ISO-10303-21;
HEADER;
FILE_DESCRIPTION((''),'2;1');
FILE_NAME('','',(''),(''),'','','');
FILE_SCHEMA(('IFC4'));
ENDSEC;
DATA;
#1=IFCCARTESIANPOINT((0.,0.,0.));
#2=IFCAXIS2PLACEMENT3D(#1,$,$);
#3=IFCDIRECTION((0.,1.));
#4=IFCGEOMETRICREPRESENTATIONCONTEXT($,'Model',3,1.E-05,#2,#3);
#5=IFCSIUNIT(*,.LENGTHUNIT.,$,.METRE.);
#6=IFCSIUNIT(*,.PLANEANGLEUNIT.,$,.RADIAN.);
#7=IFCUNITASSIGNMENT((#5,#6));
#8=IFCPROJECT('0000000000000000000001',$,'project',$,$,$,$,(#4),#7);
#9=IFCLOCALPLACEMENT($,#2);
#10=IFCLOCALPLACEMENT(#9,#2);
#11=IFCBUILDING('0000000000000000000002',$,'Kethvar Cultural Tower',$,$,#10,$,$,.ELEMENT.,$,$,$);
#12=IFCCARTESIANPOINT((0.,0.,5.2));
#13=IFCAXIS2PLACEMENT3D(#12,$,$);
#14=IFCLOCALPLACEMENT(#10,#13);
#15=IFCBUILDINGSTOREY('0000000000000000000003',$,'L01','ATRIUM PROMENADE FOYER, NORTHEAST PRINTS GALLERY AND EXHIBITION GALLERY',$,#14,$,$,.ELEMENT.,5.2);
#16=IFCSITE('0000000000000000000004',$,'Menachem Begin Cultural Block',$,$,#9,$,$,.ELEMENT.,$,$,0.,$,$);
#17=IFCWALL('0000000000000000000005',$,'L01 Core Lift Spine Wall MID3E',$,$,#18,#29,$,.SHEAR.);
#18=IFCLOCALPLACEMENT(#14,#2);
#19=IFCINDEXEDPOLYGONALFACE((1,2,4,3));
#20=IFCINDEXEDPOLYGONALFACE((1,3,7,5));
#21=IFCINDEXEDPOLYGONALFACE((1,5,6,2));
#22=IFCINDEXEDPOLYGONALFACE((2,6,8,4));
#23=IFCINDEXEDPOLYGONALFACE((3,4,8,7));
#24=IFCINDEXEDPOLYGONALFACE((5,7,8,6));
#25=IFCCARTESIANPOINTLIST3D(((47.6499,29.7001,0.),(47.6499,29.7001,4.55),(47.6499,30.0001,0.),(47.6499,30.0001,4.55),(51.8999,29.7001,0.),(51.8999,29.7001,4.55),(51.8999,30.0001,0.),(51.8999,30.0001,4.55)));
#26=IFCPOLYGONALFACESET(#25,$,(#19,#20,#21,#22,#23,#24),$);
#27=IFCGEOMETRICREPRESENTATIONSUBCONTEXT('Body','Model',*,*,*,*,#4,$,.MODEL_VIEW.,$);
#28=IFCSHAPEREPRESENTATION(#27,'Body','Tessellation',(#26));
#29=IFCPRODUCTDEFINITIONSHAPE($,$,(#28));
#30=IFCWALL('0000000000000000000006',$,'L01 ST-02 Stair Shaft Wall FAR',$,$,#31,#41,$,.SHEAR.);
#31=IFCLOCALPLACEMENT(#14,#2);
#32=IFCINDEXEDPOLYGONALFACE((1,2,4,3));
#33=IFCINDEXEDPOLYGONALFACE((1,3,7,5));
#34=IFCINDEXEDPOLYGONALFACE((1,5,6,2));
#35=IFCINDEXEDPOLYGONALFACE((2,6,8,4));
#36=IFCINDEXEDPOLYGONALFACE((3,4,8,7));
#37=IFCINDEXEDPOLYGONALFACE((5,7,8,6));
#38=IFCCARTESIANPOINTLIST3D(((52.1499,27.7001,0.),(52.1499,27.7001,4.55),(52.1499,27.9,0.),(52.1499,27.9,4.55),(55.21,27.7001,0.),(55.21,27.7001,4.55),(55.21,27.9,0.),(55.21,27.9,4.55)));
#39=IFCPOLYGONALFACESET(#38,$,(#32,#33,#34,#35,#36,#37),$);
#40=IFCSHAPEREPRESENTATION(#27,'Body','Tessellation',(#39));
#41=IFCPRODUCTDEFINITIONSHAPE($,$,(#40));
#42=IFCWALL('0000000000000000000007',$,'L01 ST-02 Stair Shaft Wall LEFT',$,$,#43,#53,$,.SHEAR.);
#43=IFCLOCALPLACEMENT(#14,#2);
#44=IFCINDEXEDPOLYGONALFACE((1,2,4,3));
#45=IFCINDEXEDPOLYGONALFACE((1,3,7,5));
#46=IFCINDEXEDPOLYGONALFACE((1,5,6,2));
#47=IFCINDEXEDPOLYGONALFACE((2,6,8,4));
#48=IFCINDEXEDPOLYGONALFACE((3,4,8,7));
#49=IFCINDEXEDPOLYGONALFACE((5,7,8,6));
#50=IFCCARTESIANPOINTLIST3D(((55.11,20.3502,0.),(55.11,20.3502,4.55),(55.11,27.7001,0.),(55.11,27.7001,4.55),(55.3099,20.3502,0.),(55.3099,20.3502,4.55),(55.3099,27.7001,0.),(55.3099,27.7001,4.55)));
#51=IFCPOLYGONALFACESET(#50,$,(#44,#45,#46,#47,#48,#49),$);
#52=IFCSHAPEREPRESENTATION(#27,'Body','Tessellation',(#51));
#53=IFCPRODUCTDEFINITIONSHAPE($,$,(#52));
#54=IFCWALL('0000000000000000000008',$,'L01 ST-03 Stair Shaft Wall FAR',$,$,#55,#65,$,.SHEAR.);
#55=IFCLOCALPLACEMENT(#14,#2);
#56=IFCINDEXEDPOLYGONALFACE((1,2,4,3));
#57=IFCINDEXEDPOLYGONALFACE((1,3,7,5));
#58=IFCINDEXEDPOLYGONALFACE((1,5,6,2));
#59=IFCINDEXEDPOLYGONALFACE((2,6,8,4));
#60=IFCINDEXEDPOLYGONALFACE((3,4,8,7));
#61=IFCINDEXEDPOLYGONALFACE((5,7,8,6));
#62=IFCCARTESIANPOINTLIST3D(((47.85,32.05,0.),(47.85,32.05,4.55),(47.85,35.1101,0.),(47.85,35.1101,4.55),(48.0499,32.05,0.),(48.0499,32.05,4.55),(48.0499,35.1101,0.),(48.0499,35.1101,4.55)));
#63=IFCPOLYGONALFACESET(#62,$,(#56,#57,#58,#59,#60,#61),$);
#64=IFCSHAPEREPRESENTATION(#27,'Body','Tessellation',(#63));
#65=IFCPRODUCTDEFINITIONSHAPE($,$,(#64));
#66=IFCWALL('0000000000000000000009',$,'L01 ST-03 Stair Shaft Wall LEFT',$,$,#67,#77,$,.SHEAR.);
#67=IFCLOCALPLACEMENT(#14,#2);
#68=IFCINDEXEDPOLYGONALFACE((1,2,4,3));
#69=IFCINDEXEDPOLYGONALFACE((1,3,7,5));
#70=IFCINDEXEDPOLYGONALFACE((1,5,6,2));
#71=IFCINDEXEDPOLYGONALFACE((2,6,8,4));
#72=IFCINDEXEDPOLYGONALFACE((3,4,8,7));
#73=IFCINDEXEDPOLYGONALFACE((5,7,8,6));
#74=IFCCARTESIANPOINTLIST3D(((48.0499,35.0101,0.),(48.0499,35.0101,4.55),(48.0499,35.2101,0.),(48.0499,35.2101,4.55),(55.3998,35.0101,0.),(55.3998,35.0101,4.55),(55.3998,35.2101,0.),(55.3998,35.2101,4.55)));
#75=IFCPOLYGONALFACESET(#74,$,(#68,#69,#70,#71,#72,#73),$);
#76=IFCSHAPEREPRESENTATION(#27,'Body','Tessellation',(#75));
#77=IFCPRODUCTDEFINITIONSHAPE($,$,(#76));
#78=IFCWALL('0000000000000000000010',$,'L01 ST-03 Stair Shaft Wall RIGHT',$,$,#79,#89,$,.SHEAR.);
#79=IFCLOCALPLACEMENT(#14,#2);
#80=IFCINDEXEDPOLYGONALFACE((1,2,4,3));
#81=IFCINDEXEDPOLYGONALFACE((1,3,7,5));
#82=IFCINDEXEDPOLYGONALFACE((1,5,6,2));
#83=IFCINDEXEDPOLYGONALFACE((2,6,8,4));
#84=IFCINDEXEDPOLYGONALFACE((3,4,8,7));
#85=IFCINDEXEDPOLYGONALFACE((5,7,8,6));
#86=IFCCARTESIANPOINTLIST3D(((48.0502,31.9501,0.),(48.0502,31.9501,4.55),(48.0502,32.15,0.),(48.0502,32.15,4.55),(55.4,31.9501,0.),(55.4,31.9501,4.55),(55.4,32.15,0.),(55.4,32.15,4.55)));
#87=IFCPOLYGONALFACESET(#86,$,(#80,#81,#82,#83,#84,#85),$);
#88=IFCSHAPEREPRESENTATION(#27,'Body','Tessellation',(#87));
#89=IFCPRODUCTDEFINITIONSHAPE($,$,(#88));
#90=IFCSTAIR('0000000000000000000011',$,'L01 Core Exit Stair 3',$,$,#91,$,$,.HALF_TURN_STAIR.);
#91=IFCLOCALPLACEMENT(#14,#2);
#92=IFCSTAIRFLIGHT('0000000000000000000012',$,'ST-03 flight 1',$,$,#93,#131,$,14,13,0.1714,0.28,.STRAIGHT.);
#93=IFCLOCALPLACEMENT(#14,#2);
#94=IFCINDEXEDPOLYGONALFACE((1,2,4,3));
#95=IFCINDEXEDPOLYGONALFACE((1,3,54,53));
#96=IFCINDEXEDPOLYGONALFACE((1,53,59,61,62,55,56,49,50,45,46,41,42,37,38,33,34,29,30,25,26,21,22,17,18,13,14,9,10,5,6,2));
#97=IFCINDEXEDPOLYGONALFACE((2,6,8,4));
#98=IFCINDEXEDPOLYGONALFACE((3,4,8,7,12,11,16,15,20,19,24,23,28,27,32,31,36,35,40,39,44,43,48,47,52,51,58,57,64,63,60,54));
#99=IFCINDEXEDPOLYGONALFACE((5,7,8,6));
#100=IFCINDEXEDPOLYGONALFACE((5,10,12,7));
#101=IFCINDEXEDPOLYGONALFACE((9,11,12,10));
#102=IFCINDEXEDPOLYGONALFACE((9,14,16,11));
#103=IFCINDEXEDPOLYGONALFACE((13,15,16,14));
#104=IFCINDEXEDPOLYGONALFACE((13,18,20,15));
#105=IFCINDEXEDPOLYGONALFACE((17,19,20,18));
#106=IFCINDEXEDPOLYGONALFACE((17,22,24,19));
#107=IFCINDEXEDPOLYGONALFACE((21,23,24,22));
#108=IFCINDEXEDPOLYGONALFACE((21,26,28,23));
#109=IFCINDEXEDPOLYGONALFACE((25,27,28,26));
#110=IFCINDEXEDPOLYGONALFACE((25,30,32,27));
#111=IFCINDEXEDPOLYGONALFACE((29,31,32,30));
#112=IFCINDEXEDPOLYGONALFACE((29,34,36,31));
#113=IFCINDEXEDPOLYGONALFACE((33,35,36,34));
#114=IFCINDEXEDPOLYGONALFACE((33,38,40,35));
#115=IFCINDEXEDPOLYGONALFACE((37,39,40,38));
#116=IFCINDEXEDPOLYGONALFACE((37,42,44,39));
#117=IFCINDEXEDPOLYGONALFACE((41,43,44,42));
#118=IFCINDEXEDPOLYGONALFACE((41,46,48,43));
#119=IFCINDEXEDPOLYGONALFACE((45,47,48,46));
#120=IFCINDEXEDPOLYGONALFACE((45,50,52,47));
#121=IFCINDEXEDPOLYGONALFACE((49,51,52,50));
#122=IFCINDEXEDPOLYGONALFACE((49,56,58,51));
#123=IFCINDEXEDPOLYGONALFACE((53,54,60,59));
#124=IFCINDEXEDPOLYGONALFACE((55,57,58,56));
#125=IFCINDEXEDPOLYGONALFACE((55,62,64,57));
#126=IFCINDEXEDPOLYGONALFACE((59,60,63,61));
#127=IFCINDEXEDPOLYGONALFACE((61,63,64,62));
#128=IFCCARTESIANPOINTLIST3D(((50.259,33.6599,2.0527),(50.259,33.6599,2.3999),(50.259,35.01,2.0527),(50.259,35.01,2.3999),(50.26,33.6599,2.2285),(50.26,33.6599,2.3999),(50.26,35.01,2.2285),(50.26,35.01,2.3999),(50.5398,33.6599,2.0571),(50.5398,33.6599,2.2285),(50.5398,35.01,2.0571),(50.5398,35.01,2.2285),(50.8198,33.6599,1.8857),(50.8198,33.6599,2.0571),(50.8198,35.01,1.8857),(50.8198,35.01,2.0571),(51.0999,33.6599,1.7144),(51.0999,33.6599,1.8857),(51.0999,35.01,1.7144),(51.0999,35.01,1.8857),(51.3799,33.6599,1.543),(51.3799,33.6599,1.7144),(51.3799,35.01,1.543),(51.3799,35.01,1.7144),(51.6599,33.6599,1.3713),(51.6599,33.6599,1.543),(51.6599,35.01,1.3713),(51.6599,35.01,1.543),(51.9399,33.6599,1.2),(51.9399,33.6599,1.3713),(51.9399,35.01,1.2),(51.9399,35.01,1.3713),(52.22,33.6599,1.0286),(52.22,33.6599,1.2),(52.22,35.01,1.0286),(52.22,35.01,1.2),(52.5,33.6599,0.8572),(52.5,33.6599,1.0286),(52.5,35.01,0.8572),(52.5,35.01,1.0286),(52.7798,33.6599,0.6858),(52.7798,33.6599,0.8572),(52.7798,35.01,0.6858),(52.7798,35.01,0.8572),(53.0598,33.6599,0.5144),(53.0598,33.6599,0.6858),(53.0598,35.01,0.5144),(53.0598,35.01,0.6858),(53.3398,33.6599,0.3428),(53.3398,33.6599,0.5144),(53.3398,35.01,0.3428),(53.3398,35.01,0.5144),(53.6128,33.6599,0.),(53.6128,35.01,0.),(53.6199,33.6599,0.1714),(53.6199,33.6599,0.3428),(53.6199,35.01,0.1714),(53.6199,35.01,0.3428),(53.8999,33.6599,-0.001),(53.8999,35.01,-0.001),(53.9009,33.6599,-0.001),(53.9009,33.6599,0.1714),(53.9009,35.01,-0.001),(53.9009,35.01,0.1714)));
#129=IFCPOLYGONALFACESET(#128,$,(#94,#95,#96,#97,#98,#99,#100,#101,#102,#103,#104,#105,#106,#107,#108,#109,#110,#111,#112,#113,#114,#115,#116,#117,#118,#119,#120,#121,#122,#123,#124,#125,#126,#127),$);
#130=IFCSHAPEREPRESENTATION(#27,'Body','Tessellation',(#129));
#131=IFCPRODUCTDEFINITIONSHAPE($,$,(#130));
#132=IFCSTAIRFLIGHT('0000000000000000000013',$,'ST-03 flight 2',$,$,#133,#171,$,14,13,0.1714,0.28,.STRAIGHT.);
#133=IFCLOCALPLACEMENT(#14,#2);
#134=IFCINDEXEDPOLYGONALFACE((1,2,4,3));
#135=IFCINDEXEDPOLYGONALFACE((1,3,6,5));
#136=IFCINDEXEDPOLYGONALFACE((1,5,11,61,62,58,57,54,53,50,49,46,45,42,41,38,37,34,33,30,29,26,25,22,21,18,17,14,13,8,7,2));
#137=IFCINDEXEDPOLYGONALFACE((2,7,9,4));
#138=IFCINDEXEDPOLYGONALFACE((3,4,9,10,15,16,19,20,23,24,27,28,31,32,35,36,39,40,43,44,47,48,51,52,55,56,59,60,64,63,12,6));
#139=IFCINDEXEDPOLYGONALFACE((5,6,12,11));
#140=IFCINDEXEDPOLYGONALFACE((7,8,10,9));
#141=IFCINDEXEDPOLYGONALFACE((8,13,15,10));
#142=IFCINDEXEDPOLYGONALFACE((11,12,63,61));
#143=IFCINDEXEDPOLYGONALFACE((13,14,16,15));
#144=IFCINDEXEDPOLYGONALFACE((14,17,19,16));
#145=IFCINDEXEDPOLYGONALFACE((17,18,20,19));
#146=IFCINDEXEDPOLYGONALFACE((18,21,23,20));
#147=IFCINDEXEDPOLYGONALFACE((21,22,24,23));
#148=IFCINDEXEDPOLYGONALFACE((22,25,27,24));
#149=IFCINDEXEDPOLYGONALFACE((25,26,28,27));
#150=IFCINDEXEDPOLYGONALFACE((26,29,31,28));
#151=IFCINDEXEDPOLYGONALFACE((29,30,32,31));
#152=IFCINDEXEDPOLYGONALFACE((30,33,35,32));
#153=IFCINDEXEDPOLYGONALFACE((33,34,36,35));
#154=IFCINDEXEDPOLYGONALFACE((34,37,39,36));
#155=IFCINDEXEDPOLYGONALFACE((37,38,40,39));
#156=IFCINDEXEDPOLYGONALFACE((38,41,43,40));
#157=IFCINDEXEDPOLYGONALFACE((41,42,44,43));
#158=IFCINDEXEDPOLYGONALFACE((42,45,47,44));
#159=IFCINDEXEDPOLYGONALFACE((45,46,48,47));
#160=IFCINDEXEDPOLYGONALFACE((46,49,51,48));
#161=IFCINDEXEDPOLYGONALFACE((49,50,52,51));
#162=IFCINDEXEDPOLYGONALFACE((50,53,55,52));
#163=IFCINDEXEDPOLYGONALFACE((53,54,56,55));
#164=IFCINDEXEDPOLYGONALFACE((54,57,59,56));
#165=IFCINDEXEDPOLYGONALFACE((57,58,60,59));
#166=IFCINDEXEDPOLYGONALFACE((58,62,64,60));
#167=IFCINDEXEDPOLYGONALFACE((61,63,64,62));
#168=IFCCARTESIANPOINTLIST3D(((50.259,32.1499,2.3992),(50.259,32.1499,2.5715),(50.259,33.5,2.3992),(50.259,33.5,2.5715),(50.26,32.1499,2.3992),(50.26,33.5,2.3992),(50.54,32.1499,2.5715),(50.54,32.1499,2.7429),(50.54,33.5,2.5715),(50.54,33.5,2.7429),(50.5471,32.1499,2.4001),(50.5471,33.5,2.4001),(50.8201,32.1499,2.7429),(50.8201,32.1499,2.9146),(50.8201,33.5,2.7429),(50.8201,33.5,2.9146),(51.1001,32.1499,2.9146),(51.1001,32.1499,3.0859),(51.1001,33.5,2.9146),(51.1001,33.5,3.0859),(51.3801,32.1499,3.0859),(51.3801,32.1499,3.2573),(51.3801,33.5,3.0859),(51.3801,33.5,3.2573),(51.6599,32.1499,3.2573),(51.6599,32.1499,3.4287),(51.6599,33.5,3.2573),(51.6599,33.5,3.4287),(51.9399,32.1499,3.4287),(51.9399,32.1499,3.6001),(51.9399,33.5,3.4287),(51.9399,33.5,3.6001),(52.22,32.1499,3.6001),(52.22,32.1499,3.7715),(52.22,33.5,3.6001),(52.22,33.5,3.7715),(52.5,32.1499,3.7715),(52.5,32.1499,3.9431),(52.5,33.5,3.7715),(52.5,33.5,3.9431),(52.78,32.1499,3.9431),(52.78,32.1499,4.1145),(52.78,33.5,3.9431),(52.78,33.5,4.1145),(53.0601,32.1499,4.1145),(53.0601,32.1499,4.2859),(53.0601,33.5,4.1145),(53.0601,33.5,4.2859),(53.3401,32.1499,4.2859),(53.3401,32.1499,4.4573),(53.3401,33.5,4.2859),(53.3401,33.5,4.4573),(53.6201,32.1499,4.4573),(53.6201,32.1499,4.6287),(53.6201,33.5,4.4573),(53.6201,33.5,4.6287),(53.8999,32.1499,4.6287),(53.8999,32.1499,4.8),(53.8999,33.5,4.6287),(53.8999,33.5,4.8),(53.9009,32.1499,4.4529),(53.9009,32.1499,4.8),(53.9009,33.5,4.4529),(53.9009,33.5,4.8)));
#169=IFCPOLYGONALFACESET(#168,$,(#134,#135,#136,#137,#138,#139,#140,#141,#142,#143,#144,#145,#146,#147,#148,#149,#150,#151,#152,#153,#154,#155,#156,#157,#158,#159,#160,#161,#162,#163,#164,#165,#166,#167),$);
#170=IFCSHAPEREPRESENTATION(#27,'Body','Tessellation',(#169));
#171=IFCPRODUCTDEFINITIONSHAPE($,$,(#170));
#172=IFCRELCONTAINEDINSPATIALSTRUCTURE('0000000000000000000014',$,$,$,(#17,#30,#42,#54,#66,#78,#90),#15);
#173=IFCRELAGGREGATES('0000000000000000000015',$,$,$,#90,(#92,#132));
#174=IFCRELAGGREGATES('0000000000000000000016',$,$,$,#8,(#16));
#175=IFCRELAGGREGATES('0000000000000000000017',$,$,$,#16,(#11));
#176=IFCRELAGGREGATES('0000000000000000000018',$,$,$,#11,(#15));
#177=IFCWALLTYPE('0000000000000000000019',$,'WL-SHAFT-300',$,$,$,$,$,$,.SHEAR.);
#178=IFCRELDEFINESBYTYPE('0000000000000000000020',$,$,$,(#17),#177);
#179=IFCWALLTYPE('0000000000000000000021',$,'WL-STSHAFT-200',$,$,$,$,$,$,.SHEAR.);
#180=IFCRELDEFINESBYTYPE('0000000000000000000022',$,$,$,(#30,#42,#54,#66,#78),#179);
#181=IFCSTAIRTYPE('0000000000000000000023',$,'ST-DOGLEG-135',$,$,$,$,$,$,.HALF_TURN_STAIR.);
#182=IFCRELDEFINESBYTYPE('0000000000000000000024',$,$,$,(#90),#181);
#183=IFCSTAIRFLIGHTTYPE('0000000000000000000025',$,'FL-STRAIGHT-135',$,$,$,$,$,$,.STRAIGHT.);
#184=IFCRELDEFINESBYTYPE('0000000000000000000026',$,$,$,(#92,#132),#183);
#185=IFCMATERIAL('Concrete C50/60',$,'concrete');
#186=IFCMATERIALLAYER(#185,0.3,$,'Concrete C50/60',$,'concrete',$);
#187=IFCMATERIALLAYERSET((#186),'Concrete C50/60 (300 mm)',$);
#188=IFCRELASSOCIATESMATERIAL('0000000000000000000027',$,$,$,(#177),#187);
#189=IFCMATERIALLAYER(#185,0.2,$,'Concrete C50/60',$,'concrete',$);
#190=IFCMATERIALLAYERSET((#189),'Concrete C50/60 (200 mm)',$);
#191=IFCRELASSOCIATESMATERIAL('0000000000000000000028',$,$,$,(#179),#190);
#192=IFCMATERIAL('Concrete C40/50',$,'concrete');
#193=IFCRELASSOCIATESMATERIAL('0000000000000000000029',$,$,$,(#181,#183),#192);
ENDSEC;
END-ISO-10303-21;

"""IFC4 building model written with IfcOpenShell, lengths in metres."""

from ifc_helpers import new_model, si_unit, direction, frame, frame_2d, origin, place, context, subcontext, project, spatial, polyline, rectangle, outline, extrude, material, layer, layer_set, type_object, element, aggregate, save


model = new_model("IFC4")

# Units and contexts
model_context = context("Model", 3, precision=1e-05, world=origin(), true_north=direction((0.0, 1.0)))
body_context = subcontext(model_context, "Body", "Model", "MODEL_VIEW")
ifc_project = project(units=[si_unit("LENGTHUNIT", "METRE"), si_unit("PLANEANGLEUNIT", "RADIAN")], contexts=[model_context])

# Site, building, storey
site_placement = place(None, origin())
site = spatial("IfcSite", under=ifc_project, at=site_placement, Name="Menachem Begin Cultural Block", CompositionType="ELEMENT", RefElevation=0.0)
building_placement = place(site_placement, origin())
building = spatial("IfcBuilding", under=site, at=building_placement, Name="Kethvar Cultural Tower", CompositionType="ELEMENT")
storey_placement = place(building_placement, frame((0.0, 0.0, 5.2)))
storey = spatial("IfcBuildingStorey", under=building, at=storey_placement, Name="L01", Description="ATRIUM PROMENADE FOYER, NORTHEAST PRINTS GALLERY AND EXHIBITION GALLERY", CompositionType="ELEMENT", Elevation=5.2)

# Walls
ifc_material_1 = material(Name="Concrete C40/50", Category="concrete")
ifc_material_2 = material(Name="Concrete C50/60", Category="concrete")
ifc_layer_1 = layer(ifc_material_2, 0.3, Name="Concrete C50/60", Category="concrete")
ifc_layer_set_1 = layer_set([ifc_layer_1], Name="Concrete C50/60 (300 mm)")
wall_type_1 = type_object("IfcWallType", Name="WL-SHAFT-300", PredefinedType="SHEAR", material=ifc_layer_set_1)
wall_1_placement = place(storey_placement, frame((47.6499, 29.8501, 0.0), z_axis=(0.0, 0.0, 1.0), x_axis=(1.0, 0.0, 0.0)))
element("IfcWall", 1, at=wall_1_placement, inside=storey, type_object=wall_type_1, Name="L01 Core Lift Spine Wall MID3E", PredefinedType="SHEAR", context=body_context, shape_type="SweptSolid", body=[
    extrude(rectangle(XDim=4.25, YDim=0.3, at=frame_2d((2.125, 0.0))), origin(), (0.0, 0.0, 1.0), 4.55),
])
ifc_layer_2 = layer(ifc_material_2, 0.2, Name="Concrete C50/60", Category="concrete")
ifc_layer_set_2 = layer_set([ifc_layer_2], Name="Concrete C50/60 (200 mm)")
wall_type_2 = type_object("IfcWallType", Name="WL-STSHAFT-200", PredefinedType="SHEAR", material=ifc_layer_set_2)
wall_2_placement = place(storey_placement, frame((52.1499, 27.8, 0.0), z_axis=(0.0, 0.0, 1.0), x_axis=(1.0, 0.0, 0.0)))
element("IfcWall", 2, at=wall_2_placement, inside=storey, type_object=wall_type_2, Name="L01 ST-02 Stair Shaft Wall FAR", PredefinedType="SHEAR", context=body_context, shape_type="SweptSolid", body=[
    extrude(rectangle(XDim=3.0601, YDim=0.2, at=frame_2d((1.53, 0.0))), origin(), (0.0, 0.0, 1.0), 4.55),
])
wall_3_placement = place(storey_placement, frame((55.21, 27.7, 0.0), z_axis=(0.0, 0.0, 1.0), x_axis=(0.0, -1.0, 0.0)))
element("IfcWall", 3, at=wall_3_placement, inside=storey, type_object=wall_type_2, Name="L01 ST-02 Stair Shaft Wall LEFT", PredefinedType="SHEAR", context=body_context, shape_type="SweptSolid", body=[
    extrude(rectangle(XDim=7.3499, YDim=0.2, at=frame_2d((3.6748, 0.0))), origin(), (0.0, 0.0, 1.0), 4.55),
])
wall_4_placement = place(storey_placement, frame((47.95, 32.05, 0.0), z_axis=(0.0, 0.0, 1.0), x_axis=(0.0, 1.0, 0.0)))
element("IfcWall", 4, at=wall_4_placement, inside=storey, type_object=wall_type_2, Name="L01 ST-03 Stair Shaft Wall FAR", PredefinedType="SHEAR", context=body_context, shape_type="SweptSolid", body=[
    extrude(rectangle(XDim=3.0601, YDim=0.2, at=frame_2d((1.53, 0.0))), origin(), (0.0, 0.0, 1.0), 4.55),
])
for number, where, z_axis, x_axis, name in (
    (5, (48.05, 35.1101, 0.0), (0.0, 0.0, 1.0), (1.0, 0.0, 0.0), "L01 ST-03 Stair Shaft Wall LEFT"),
    (6, (55.3999, 32.05, 0.0), (0.0, 0.0, 1.0), (-1.0, 0.0, 0.0), "L01 ST-03 Stair Shaft Wall RIGHT"),
):
    element("IfcWall", number, at=place(storey_placement, frame(where, z_axis=z_axis, x_axis=x_axis)), inside=storey, type_object=wall_type_2, Name=name, PredefinedType="SHEAR", context=body_context, shape_type="SweptSolid", body=[
        extrude(rectangle(XDim=7.3499, YDim=0.2, at=frame_2d((3.6748, 0.0))), origin(), (0.0, 0.0, 1.0), 4.55),
    ])

# Stair, stair flights
stair_type = type_object("IfcStairType", Name="ST-DOGLEG-135", PredefinedType="HALF_TURN_STAIR", material=ifc_material_1)
stair_placement = place(storey_placement, origin())
stair = element("IfcStair", 7, at=stair_placement, inside=storey, type_object=stair_type, Name="L01 Core Exit Stair 3", PredefinedType="HALF_TURN_STAIR")
stair_flight_type = type_object("IfcStairFlightType", Name="FL-STRAIGHT-135", PredefinedType="STRAIGHT", material=ifc_material_1)
stair_flight_1_placement = place(storey_placement, frame((53.8999, 34.335, 0.0), z_axis=(0.0, 0.0, 1.0), x_axis=(-1.0, 0.0, 0.0)))
stair_flight_1 = element("IfcStairFlight", 8, at=stair_flight_1_placement, type_object=stair_flight_type, Name="ST-03 flight 1", NumberOfRisers=14, NumberOfTreads=13, PredefinedType="STRAIGHT", RiserHeight=0.1714, TreadLength=0.28, context=body_context, shape_type="SweptSolid", body=[
    extrude(outline(polyline([(-0.001, -0.001), (-0.001, 0.1714), (0.28, 0.1714), (0.28, 0.3428), (0.5601, 0.3428), (0.5601, 0.5144), (0.8401, 0.5144), (0.8401, 0.6858), (1.1201, 0.6858), (1.1201, 0.8572), (1.3999, 0.8572), (1.3999, 1.0286), (1.6799, 1.0286), (1.6799, 1.2), (1.96, 1.2), (1.96, 1.3713), (2.24, 1.3713), (2.24, 1.543), (2.52, 1.543), (2.52, 1.7144), (2.8, 1.7144), (2.8, 1.8857), (3.0801, 1.8857), (3.0801, 2.0571), (3.3601, 2.0571), (3.3601, 2.2285), (3.6399, 2.2285), (3.6399, 2.3999), (3.6409, 2.3999), (3.6409, 2.0527), (0.2871, 0.0), (0.0, -0.001), (-0.001, -0.001)])), frame((0.0, 0.675, 0.0), z_axis=(0.0, -1.0, 0.0), x_axis=(1.0, 0.0, 0.0)), (0.0, 0.0, 1.0), 1.3501),
])
stair_flight_2_placement = place(storey_placement, frame((50.26, 32.825, 2.4001), z_axis=(0.0, 0.0, 1.0), x_axis=(1.0, 0.0, 0.0)))
stair_flight_2 = element("IfcStairFlight", 9, at=stair_flight_2_placement, type_object=stair_flight_type, Name="ST-03 flight 2", NumberOfRisers=14, NumberOfTreads=13, PredefinedType="STRAIGHT", RiserHeight=0.1714, TreadLength=0.28, context=body_context, shape_type="SweptSolid", body=[
    extrude(outline(polyline([(-0.001, -0.001), (-0.001, 0.1714), (0.28, 0.1714), (0.28, 0.3428), (0.5601, 0.3428), (0.5601, 0.5144), (0.8401, 0.5144), (0.8401, 0.6858), (1.1201, 0.6858), (1.1201, 0.8572), (1.3999, 0.8572), (1.3999, 1.0286), (1.6799, 1.0286), (1.6799, 1.2), (1.96, 1.2), (1.96, 1.3713), (2.24, 1.3713), (2.24, 1.543), (2.52, 1.543), (2.52, 1.7144), (2.8, 1.7144), (2.8, 1.8857), (3.0801, 1.8857), (3.0801, 2.0571), (3.3601, 2.0571), (3.3601, 2.2285), (3.6399, 2.2285), (3.6399, 2.3999), (3.6409, 2.3999), (3.6409, 2.0527), (0.2871, 0.0), (0.0, -0.001), (-0.001, -0.001)])), frame((0.0, 0.675, 0.0), z_axis=(0.0, -1.0, 0.0), x_axis=(1.0, 0.0, 0.0)), (0.0, 0.0, 1.0), 1.3501),
])
aggregate(stair, [stair_flight_1, stair_flight_2])

save(model, "model.ifc")
